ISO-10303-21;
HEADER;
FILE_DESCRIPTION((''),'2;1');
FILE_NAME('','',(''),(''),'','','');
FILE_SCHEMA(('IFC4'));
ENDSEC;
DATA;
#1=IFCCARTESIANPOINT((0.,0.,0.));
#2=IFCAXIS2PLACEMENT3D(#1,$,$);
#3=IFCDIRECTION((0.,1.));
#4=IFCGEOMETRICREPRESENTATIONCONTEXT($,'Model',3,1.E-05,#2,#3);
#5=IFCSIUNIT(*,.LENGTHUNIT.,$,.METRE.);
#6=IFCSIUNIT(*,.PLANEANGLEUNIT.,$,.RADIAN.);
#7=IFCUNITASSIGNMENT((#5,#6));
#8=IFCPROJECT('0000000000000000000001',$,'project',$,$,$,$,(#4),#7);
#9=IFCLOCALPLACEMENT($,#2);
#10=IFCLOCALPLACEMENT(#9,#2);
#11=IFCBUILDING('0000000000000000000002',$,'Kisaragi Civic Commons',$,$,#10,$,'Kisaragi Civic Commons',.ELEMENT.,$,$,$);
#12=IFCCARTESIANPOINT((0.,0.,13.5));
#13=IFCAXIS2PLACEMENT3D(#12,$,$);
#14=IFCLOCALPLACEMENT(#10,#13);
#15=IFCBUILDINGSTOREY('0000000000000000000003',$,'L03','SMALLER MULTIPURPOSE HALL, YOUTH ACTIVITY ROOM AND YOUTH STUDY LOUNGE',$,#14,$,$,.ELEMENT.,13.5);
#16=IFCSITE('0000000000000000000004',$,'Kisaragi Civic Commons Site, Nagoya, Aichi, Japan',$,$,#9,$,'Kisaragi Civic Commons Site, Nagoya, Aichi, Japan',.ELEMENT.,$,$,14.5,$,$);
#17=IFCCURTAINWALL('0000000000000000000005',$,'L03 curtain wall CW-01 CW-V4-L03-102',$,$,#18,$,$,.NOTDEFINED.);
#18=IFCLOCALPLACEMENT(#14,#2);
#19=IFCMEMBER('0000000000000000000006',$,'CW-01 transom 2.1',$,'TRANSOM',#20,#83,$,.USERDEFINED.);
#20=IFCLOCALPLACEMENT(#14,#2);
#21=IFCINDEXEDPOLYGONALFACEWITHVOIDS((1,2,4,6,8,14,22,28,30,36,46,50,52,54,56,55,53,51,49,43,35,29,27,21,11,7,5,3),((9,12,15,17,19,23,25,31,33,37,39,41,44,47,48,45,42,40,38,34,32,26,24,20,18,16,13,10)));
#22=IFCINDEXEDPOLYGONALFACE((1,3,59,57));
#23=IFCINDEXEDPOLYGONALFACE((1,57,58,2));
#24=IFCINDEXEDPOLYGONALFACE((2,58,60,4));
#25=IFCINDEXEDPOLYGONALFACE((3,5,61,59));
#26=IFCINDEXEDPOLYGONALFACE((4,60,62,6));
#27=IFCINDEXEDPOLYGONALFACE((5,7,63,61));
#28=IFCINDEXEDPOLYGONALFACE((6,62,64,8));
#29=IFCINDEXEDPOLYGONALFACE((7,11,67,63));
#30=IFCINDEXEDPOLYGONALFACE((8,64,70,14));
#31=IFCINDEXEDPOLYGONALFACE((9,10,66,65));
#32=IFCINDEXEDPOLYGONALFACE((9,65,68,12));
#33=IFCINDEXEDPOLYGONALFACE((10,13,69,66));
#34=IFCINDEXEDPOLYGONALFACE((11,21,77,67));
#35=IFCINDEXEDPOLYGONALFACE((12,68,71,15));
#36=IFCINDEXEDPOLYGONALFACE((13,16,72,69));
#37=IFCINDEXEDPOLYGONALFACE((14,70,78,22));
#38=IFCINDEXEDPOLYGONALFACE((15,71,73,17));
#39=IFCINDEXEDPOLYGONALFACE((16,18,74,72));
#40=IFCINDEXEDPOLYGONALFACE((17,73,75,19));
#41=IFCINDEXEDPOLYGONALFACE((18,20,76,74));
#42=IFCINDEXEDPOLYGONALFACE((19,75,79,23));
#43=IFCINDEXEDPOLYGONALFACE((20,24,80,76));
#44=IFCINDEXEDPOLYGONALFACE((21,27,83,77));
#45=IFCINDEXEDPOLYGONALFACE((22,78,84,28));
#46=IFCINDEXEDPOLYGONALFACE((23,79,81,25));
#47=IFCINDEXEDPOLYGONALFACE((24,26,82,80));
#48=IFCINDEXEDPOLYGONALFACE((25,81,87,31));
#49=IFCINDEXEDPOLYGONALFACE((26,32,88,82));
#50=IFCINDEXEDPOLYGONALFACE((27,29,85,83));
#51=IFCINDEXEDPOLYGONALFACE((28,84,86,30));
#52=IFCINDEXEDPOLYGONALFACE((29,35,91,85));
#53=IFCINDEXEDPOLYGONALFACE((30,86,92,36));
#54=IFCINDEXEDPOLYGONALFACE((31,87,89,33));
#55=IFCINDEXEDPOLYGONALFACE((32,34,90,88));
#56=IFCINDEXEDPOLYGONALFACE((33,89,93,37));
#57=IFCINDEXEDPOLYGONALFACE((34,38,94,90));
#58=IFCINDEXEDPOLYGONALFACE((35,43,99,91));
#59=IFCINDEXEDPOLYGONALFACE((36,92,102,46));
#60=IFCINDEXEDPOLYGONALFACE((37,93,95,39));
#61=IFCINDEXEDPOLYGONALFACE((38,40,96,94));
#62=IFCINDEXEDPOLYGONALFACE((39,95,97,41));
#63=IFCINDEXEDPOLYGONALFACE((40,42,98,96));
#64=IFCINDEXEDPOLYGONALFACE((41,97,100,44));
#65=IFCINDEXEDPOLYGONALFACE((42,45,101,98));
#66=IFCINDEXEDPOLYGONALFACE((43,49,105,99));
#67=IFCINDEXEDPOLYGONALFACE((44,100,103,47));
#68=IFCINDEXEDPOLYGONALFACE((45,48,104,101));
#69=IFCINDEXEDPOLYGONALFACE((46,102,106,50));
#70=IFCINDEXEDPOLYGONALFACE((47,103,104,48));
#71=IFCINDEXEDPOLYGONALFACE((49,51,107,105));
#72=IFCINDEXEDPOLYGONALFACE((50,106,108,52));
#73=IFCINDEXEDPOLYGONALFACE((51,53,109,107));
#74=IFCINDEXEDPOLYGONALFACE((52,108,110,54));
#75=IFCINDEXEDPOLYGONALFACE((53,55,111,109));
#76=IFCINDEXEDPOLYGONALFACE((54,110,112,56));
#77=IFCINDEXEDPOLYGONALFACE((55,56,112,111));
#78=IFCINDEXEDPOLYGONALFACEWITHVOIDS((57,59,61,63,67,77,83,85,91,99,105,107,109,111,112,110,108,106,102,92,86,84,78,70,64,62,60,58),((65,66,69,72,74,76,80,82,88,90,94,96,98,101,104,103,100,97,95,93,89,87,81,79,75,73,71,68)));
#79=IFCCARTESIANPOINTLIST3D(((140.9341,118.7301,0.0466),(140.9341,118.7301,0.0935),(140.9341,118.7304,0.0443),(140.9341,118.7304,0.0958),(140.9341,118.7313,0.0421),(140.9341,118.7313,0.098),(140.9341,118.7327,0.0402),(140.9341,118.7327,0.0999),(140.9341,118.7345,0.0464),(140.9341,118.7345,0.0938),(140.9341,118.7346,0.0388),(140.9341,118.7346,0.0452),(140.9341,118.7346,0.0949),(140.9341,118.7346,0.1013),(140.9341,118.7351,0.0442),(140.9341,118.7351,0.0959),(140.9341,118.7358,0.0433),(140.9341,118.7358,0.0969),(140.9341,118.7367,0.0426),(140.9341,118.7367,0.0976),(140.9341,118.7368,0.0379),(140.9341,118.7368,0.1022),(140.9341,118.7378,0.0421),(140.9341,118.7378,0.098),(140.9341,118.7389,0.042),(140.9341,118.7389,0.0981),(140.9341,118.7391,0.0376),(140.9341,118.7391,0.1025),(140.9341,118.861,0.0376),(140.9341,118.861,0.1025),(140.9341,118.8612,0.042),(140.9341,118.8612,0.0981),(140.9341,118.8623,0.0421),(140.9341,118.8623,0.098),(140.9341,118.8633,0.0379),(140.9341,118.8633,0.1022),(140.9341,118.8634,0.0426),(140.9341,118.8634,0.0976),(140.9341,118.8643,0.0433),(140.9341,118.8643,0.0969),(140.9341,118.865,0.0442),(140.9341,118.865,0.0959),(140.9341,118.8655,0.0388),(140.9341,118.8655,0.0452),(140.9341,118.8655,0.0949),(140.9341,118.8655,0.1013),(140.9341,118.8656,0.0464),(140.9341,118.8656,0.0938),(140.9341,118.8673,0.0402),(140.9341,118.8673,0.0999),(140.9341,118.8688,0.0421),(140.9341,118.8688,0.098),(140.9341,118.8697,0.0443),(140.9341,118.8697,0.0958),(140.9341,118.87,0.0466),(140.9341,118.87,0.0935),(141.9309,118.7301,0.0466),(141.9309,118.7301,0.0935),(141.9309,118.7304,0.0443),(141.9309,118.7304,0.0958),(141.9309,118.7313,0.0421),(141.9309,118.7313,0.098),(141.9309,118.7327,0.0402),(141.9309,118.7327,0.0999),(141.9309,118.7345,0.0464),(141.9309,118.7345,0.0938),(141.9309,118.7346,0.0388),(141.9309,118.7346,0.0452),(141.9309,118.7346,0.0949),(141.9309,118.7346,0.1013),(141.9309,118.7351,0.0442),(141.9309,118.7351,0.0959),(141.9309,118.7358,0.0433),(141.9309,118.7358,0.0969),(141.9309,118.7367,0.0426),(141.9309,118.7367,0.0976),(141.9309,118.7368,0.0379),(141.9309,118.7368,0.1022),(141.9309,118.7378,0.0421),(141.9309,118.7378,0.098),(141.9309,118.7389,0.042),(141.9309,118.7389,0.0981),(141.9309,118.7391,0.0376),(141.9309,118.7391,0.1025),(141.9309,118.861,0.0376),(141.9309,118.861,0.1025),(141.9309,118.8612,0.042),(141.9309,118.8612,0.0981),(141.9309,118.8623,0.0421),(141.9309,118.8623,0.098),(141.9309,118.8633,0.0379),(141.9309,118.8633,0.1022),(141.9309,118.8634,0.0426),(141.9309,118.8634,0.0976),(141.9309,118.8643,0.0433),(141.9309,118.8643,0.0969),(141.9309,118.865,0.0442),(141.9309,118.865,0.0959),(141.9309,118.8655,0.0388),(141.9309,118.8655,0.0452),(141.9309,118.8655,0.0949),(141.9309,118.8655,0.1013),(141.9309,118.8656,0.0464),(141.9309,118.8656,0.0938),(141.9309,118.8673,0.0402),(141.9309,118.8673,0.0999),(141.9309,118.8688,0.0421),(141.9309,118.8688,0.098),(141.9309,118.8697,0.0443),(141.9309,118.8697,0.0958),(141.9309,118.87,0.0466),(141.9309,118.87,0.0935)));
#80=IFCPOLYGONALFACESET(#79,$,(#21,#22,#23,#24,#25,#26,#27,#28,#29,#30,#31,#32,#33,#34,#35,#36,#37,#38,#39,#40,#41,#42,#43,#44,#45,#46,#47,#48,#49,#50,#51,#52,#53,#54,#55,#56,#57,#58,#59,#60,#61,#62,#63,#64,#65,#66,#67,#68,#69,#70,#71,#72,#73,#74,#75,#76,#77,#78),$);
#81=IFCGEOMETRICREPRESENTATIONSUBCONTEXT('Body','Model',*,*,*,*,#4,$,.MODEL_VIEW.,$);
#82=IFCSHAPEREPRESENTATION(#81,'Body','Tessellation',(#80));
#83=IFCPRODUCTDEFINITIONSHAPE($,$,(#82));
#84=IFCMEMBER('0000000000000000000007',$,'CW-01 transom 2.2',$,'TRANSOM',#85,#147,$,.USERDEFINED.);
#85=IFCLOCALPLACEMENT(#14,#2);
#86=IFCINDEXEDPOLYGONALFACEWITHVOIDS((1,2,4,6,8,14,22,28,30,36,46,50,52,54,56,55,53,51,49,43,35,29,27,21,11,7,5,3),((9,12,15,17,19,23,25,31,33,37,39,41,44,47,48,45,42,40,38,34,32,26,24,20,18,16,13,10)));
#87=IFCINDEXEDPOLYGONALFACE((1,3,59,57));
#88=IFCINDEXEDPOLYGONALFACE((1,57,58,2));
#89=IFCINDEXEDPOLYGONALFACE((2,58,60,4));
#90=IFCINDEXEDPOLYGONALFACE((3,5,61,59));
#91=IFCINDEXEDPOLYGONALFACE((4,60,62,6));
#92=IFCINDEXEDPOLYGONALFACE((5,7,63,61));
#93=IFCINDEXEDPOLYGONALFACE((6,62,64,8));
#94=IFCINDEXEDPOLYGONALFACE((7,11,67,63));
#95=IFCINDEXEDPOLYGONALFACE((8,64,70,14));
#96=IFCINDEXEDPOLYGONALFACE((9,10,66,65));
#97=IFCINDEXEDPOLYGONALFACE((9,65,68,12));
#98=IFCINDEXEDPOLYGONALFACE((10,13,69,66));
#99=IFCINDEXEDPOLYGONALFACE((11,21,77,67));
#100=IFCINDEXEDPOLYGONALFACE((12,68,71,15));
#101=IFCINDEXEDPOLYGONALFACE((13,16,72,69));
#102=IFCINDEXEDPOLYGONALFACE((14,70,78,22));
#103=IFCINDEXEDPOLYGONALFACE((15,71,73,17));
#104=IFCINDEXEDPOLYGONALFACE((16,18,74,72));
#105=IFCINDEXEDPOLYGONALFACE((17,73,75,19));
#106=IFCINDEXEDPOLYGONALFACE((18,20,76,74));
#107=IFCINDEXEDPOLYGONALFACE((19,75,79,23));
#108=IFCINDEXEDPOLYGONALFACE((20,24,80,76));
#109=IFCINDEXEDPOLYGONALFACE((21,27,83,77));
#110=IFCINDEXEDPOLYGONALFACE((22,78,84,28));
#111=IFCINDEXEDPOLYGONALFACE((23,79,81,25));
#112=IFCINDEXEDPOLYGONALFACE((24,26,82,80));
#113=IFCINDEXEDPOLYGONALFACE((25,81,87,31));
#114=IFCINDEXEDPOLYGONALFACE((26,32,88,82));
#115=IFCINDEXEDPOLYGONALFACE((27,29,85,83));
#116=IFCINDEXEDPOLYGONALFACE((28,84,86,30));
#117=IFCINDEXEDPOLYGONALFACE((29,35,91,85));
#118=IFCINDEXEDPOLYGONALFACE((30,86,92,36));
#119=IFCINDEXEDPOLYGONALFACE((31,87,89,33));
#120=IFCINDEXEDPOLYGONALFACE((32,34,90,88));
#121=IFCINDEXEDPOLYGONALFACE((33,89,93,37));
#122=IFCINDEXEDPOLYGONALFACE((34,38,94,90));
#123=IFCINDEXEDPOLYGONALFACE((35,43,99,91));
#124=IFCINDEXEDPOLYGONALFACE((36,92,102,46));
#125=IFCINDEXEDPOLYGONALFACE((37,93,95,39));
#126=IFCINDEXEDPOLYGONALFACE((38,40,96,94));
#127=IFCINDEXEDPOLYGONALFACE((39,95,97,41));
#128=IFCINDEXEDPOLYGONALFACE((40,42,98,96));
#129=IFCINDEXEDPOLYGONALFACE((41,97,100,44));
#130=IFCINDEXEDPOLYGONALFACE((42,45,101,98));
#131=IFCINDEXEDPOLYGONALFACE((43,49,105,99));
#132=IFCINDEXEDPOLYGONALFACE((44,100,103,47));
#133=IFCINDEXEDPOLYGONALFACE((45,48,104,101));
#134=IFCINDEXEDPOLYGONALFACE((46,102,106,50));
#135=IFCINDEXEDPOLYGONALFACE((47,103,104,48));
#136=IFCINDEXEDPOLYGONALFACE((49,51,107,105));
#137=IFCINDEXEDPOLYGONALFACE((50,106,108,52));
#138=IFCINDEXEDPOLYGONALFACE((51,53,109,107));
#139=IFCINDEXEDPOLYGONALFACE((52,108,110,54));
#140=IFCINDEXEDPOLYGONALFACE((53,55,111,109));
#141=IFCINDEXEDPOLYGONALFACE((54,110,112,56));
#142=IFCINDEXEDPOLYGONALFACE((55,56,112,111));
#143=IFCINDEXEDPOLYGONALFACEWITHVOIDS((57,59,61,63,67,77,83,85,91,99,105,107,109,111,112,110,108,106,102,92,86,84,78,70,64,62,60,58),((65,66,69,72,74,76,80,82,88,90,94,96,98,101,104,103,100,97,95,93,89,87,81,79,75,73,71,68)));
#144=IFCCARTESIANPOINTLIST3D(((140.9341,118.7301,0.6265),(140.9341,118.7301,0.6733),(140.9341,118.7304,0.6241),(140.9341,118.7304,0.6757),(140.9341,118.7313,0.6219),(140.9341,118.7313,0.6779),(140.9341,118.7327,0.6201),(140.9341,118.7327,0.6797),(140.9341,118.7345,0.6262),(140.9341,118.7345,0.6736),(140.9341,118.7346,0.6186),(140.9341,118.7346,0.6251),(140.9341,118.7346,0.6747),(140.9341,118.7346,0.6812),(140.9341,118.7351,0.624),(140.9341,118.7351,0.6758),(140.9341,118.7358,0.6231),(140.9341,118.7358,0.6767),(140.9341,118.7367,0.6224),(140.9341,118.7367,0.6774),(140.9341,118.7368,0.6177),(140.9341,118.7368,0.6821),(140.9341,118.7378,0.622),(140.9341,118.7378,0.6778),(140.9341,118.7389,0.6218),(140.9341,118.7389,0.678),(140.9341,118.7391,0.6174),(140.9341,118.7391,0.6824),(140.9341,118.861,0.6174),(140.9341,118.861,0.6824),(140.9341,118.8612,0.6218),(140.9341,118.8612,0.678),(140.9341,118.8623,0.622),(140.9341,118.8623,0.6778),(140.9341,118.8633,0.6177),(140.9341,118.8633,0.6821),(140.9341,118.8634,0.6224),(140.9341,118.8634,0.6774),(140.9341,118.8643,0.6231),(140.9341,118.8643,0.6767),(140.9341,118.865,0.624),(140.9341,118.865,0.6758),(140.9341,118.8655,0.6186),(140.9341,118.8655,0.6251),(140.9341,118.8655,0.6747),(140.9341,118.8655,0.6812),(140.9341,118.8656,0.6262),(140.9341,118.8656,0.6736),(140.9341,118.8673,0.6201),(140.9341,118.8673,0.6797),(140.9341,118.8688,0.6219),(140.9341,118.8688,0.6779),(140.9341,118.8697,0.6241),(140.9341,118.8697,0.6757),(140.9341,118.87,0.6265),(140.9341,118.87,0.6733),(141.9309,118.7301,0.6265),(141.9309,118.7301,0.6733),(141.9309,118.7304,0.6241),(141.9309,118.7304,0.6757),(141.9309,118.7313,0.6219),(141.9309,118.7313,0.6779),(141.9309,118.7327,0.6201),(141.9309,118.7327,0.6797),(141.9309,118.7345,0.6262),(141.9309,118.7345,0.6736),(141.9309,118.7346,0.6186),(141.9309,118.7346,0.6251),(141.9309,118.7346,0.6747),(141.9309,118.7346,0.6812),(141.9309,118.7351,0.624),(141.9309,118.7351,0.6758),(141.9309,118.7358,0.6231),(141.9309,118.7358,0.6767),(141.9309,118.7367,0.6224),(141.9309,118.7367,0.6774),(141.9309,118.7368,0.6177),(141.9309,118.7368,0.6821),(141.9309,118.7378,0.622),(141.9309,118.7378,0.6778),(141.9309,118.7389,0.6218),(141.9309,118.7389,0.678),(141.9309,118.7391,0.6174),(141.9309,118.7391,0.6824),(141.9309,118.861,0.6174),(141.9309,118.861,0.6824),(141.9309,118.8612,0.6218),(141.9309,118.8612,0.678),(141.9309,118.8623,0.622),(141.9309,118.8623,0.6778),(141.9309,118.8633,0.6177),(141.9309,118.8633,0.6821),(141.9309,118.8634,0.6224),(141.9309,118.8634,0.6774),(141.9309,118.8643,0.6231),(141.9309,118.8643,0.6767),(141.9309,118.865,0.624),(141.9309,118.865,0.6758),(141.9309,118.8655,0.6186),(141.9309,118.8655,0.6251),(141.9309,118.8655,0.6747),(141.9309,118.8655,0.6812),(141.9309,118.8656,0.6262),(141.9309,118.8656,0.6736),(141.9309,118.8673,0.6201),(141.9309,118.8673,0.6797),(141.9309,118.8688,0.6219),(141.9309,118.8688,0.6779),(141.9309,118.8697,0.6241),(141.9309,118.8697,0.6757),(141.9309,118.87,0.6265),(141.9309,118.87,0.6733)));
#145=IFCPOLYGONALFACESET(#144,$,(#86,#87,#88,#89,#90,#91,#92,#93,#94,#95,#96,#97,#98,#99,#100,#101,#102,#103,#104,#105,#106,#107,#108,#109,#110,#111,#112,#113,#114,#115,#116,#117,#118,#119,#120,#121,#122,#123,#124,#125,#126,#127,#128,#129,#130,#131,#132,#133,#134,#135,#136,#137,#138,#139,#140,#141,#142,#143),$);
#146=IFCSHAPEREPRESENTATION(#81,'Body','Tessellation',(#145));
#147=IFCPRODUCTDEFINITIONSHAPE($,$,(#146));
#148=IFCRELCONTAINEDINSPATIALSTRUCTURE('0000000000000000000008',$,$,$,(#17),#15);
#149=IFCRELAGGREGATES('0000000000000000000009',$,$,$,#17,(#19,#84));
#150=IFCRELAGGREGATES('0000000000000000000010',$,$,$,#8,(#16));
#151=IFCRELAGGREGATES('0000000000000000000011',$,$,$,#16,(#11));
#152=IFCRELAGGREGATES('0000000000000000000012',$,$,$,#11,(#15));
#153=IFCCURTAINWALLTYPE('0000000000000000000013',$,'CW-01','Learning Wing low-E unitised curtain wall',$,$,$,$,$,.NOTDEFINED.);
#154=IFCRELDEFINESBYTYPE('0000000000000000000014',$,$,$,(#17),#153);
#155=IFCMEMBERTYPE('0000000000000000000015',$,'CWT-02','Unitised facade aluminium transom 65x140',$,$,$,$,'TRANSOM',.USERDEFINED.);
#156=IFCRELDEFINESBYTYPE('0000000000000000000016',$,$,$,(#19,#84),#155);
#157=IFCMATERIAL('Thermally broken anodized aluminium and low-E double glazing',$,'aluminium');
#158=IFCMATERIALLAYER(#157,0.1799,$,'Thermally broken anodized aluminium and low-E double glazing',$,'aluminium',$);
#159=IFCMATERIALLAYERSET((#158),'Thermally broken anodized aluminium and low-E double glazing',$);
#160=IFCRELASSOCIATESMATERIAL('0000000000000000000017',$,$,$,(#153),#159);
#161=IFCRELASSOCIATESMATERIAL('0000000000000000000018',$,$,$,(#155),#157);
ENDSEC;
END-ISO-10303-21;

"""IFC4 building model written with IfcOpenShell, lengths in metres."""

from ifc_helpers import new_model, si_unit, direction, frame, origin, origin_2d, place, context, subcontext, project, spatial, hollow_rectangle, extrude, material, layer, layer_set, material_profile, profile_set, type_object, element, aggregate, save


model = new_model("IFC4")

# Units and contexts
model_context = context("Model", 3, precision=1e-05, world=origin(), true_north=direction((0.0, 1.0)))
body_context = subcontext(model_context, "Body", "Model", "MODEL_VIEW")
ifc_project = project(units=[si_unit("LENGTHUNIT", "METRE"), si_unit("PLANEANGLEUNIT", "RADIAN")], contexts=[model_context])

# Site, building, storey
site_placement = place(None, origin())
site = spatial("IfcSite", under=ifc_project, at=site_placement, Name="Kisaragi Civic Commons Site, Nagoya, Aichi, Japan", LongName="Kisaragi Civic Commons Site, Nagoya, Aichi, Japan", CompositionType="ELEMENT", RefElevation=14.5)
building_placement = place(site_placement, origin())
building = spatial("IfcBuilding", under=site, at=building_placement, Name="Kisaragi Civic Commons", LongName="Kisaragi Civic Commons", CompositionType="ELEMENT")
storey_placement = place(building_placement, frame((0.0, 0.0, 13.5)))
storey = spatial("IfcBuildingStorey", under=building, at=storey_placement, Name="L03", Description="SMALLER MULTIPURPOSE HALL, YOUTH ACTIVITY ROOM AND YOUTH STUDY LOUNGE", CompositionType="ELEMENT", Elevation=13.5)

# Shared definitions
ifc_material = material(Name="Thermally broken anodized aluminium and low-E double glazing", Category="aluminium")
ifc_layer_1 = layer(ifc_material, 0.1799, Name="Thermally broken anodized aluminium and low-E double glazing", Category="aluminium")
ifc_layer_set_1 = layer_set([ifc_layer_1], Name="Thermally broken anodized aluminium and low-E double glazing")
curtain_wall_type = type_object("IfcCurtainWallType", Name="CW-01", Description="Learning Wing low-E unitised curtain wall", PredefinedType="NOTDEFINED", material=ifc_layer_set_1)

# Curtain wall, members
curtain_wall_1_placement = place(storey_placement, origin())
curtain_wall_1 = element("IfcCurtainWall", 1, at=curtain_wall_1_placement, inside=storey, type_object=curtain_wall_type, Name="L03 curtain wall CW-01 CW-V4-L03-102", PredefinedType="NOTDEFINED")
ifc_material_profile_1 = material_profile(ifc_material, hollow_rectangle(XDim=0.1399, YDim=0.0649, WallThickness=0.0044, InnerFilletRadius=0.0044, OuterFilletRadius=0.009, at=origin_2d()), Name="CWT-65x140x4.5", Category="aluminium")
ifc_profile_set_1 = profile_set([ifc_material_profile_1], Name="Thermally broken anodized aluminium and low-E double glazing")
member_type_1 = type_object("IfcMemberType", Name="CWT-02", Description="Unitised facade aluminium transom 65x140", ElementType="TRANSOM", PredefinedType="USERDEFINED", material=ifc_profile_set_1)
member_1_placement = place(storey_placement, frame((140.9341, 118.8, 0.0701), z_axis=(1.0, 0.0, 0.0), x_axis=(0.0, 1.0, 0.0)))
member_1 = element("IfcMember", 2, at=member_1_placement, type_object=member_type_1, Name="CW-01 transom 2.1", ObjectType="TRANSOM", PredefinedType="USERDEFINED", context=body_context, shape_type="SweptSolid", body=[
    extrude(hollow_rectangle(XDim=0.1399, YDim=0.0649, WallThickness=0.0044, InnerFilletRadius=0.0044, OuterFilletRadius=0.009, at=origin_2d()), origin(), (0.0, 0.0, 1.0), 0.9968),
])
member_2_placement = place(storey_placement, frame((140.9341, 118.8, 0.6499), z_axis=(1.0, 0.0, 0.0), x_axis=(0.0, 1.0, 0.0)))
member_2 = element("IfcMember", 3, at=member_2_placement, type_object=member_type_1, Name="CW-01 transom 2.2", ObjectType="TRANSOM", PredefinedType="USERDEFINED", context=body_context, shape_type="SweptSolid", body=[
    extrude(hollow_rectangle(XDim=0.1399, YDim=0.0649, WallThickness=0.0044, InnerFilletRadius=0.0044, OuterFilletRadius=0.009, at=origin_2d()), origin(), (0.0, 0.0, 1.0), 0.9968),
])

aggregate(curtain_wall_1, [member_1, member_2])

save(model, "model.ifc")
